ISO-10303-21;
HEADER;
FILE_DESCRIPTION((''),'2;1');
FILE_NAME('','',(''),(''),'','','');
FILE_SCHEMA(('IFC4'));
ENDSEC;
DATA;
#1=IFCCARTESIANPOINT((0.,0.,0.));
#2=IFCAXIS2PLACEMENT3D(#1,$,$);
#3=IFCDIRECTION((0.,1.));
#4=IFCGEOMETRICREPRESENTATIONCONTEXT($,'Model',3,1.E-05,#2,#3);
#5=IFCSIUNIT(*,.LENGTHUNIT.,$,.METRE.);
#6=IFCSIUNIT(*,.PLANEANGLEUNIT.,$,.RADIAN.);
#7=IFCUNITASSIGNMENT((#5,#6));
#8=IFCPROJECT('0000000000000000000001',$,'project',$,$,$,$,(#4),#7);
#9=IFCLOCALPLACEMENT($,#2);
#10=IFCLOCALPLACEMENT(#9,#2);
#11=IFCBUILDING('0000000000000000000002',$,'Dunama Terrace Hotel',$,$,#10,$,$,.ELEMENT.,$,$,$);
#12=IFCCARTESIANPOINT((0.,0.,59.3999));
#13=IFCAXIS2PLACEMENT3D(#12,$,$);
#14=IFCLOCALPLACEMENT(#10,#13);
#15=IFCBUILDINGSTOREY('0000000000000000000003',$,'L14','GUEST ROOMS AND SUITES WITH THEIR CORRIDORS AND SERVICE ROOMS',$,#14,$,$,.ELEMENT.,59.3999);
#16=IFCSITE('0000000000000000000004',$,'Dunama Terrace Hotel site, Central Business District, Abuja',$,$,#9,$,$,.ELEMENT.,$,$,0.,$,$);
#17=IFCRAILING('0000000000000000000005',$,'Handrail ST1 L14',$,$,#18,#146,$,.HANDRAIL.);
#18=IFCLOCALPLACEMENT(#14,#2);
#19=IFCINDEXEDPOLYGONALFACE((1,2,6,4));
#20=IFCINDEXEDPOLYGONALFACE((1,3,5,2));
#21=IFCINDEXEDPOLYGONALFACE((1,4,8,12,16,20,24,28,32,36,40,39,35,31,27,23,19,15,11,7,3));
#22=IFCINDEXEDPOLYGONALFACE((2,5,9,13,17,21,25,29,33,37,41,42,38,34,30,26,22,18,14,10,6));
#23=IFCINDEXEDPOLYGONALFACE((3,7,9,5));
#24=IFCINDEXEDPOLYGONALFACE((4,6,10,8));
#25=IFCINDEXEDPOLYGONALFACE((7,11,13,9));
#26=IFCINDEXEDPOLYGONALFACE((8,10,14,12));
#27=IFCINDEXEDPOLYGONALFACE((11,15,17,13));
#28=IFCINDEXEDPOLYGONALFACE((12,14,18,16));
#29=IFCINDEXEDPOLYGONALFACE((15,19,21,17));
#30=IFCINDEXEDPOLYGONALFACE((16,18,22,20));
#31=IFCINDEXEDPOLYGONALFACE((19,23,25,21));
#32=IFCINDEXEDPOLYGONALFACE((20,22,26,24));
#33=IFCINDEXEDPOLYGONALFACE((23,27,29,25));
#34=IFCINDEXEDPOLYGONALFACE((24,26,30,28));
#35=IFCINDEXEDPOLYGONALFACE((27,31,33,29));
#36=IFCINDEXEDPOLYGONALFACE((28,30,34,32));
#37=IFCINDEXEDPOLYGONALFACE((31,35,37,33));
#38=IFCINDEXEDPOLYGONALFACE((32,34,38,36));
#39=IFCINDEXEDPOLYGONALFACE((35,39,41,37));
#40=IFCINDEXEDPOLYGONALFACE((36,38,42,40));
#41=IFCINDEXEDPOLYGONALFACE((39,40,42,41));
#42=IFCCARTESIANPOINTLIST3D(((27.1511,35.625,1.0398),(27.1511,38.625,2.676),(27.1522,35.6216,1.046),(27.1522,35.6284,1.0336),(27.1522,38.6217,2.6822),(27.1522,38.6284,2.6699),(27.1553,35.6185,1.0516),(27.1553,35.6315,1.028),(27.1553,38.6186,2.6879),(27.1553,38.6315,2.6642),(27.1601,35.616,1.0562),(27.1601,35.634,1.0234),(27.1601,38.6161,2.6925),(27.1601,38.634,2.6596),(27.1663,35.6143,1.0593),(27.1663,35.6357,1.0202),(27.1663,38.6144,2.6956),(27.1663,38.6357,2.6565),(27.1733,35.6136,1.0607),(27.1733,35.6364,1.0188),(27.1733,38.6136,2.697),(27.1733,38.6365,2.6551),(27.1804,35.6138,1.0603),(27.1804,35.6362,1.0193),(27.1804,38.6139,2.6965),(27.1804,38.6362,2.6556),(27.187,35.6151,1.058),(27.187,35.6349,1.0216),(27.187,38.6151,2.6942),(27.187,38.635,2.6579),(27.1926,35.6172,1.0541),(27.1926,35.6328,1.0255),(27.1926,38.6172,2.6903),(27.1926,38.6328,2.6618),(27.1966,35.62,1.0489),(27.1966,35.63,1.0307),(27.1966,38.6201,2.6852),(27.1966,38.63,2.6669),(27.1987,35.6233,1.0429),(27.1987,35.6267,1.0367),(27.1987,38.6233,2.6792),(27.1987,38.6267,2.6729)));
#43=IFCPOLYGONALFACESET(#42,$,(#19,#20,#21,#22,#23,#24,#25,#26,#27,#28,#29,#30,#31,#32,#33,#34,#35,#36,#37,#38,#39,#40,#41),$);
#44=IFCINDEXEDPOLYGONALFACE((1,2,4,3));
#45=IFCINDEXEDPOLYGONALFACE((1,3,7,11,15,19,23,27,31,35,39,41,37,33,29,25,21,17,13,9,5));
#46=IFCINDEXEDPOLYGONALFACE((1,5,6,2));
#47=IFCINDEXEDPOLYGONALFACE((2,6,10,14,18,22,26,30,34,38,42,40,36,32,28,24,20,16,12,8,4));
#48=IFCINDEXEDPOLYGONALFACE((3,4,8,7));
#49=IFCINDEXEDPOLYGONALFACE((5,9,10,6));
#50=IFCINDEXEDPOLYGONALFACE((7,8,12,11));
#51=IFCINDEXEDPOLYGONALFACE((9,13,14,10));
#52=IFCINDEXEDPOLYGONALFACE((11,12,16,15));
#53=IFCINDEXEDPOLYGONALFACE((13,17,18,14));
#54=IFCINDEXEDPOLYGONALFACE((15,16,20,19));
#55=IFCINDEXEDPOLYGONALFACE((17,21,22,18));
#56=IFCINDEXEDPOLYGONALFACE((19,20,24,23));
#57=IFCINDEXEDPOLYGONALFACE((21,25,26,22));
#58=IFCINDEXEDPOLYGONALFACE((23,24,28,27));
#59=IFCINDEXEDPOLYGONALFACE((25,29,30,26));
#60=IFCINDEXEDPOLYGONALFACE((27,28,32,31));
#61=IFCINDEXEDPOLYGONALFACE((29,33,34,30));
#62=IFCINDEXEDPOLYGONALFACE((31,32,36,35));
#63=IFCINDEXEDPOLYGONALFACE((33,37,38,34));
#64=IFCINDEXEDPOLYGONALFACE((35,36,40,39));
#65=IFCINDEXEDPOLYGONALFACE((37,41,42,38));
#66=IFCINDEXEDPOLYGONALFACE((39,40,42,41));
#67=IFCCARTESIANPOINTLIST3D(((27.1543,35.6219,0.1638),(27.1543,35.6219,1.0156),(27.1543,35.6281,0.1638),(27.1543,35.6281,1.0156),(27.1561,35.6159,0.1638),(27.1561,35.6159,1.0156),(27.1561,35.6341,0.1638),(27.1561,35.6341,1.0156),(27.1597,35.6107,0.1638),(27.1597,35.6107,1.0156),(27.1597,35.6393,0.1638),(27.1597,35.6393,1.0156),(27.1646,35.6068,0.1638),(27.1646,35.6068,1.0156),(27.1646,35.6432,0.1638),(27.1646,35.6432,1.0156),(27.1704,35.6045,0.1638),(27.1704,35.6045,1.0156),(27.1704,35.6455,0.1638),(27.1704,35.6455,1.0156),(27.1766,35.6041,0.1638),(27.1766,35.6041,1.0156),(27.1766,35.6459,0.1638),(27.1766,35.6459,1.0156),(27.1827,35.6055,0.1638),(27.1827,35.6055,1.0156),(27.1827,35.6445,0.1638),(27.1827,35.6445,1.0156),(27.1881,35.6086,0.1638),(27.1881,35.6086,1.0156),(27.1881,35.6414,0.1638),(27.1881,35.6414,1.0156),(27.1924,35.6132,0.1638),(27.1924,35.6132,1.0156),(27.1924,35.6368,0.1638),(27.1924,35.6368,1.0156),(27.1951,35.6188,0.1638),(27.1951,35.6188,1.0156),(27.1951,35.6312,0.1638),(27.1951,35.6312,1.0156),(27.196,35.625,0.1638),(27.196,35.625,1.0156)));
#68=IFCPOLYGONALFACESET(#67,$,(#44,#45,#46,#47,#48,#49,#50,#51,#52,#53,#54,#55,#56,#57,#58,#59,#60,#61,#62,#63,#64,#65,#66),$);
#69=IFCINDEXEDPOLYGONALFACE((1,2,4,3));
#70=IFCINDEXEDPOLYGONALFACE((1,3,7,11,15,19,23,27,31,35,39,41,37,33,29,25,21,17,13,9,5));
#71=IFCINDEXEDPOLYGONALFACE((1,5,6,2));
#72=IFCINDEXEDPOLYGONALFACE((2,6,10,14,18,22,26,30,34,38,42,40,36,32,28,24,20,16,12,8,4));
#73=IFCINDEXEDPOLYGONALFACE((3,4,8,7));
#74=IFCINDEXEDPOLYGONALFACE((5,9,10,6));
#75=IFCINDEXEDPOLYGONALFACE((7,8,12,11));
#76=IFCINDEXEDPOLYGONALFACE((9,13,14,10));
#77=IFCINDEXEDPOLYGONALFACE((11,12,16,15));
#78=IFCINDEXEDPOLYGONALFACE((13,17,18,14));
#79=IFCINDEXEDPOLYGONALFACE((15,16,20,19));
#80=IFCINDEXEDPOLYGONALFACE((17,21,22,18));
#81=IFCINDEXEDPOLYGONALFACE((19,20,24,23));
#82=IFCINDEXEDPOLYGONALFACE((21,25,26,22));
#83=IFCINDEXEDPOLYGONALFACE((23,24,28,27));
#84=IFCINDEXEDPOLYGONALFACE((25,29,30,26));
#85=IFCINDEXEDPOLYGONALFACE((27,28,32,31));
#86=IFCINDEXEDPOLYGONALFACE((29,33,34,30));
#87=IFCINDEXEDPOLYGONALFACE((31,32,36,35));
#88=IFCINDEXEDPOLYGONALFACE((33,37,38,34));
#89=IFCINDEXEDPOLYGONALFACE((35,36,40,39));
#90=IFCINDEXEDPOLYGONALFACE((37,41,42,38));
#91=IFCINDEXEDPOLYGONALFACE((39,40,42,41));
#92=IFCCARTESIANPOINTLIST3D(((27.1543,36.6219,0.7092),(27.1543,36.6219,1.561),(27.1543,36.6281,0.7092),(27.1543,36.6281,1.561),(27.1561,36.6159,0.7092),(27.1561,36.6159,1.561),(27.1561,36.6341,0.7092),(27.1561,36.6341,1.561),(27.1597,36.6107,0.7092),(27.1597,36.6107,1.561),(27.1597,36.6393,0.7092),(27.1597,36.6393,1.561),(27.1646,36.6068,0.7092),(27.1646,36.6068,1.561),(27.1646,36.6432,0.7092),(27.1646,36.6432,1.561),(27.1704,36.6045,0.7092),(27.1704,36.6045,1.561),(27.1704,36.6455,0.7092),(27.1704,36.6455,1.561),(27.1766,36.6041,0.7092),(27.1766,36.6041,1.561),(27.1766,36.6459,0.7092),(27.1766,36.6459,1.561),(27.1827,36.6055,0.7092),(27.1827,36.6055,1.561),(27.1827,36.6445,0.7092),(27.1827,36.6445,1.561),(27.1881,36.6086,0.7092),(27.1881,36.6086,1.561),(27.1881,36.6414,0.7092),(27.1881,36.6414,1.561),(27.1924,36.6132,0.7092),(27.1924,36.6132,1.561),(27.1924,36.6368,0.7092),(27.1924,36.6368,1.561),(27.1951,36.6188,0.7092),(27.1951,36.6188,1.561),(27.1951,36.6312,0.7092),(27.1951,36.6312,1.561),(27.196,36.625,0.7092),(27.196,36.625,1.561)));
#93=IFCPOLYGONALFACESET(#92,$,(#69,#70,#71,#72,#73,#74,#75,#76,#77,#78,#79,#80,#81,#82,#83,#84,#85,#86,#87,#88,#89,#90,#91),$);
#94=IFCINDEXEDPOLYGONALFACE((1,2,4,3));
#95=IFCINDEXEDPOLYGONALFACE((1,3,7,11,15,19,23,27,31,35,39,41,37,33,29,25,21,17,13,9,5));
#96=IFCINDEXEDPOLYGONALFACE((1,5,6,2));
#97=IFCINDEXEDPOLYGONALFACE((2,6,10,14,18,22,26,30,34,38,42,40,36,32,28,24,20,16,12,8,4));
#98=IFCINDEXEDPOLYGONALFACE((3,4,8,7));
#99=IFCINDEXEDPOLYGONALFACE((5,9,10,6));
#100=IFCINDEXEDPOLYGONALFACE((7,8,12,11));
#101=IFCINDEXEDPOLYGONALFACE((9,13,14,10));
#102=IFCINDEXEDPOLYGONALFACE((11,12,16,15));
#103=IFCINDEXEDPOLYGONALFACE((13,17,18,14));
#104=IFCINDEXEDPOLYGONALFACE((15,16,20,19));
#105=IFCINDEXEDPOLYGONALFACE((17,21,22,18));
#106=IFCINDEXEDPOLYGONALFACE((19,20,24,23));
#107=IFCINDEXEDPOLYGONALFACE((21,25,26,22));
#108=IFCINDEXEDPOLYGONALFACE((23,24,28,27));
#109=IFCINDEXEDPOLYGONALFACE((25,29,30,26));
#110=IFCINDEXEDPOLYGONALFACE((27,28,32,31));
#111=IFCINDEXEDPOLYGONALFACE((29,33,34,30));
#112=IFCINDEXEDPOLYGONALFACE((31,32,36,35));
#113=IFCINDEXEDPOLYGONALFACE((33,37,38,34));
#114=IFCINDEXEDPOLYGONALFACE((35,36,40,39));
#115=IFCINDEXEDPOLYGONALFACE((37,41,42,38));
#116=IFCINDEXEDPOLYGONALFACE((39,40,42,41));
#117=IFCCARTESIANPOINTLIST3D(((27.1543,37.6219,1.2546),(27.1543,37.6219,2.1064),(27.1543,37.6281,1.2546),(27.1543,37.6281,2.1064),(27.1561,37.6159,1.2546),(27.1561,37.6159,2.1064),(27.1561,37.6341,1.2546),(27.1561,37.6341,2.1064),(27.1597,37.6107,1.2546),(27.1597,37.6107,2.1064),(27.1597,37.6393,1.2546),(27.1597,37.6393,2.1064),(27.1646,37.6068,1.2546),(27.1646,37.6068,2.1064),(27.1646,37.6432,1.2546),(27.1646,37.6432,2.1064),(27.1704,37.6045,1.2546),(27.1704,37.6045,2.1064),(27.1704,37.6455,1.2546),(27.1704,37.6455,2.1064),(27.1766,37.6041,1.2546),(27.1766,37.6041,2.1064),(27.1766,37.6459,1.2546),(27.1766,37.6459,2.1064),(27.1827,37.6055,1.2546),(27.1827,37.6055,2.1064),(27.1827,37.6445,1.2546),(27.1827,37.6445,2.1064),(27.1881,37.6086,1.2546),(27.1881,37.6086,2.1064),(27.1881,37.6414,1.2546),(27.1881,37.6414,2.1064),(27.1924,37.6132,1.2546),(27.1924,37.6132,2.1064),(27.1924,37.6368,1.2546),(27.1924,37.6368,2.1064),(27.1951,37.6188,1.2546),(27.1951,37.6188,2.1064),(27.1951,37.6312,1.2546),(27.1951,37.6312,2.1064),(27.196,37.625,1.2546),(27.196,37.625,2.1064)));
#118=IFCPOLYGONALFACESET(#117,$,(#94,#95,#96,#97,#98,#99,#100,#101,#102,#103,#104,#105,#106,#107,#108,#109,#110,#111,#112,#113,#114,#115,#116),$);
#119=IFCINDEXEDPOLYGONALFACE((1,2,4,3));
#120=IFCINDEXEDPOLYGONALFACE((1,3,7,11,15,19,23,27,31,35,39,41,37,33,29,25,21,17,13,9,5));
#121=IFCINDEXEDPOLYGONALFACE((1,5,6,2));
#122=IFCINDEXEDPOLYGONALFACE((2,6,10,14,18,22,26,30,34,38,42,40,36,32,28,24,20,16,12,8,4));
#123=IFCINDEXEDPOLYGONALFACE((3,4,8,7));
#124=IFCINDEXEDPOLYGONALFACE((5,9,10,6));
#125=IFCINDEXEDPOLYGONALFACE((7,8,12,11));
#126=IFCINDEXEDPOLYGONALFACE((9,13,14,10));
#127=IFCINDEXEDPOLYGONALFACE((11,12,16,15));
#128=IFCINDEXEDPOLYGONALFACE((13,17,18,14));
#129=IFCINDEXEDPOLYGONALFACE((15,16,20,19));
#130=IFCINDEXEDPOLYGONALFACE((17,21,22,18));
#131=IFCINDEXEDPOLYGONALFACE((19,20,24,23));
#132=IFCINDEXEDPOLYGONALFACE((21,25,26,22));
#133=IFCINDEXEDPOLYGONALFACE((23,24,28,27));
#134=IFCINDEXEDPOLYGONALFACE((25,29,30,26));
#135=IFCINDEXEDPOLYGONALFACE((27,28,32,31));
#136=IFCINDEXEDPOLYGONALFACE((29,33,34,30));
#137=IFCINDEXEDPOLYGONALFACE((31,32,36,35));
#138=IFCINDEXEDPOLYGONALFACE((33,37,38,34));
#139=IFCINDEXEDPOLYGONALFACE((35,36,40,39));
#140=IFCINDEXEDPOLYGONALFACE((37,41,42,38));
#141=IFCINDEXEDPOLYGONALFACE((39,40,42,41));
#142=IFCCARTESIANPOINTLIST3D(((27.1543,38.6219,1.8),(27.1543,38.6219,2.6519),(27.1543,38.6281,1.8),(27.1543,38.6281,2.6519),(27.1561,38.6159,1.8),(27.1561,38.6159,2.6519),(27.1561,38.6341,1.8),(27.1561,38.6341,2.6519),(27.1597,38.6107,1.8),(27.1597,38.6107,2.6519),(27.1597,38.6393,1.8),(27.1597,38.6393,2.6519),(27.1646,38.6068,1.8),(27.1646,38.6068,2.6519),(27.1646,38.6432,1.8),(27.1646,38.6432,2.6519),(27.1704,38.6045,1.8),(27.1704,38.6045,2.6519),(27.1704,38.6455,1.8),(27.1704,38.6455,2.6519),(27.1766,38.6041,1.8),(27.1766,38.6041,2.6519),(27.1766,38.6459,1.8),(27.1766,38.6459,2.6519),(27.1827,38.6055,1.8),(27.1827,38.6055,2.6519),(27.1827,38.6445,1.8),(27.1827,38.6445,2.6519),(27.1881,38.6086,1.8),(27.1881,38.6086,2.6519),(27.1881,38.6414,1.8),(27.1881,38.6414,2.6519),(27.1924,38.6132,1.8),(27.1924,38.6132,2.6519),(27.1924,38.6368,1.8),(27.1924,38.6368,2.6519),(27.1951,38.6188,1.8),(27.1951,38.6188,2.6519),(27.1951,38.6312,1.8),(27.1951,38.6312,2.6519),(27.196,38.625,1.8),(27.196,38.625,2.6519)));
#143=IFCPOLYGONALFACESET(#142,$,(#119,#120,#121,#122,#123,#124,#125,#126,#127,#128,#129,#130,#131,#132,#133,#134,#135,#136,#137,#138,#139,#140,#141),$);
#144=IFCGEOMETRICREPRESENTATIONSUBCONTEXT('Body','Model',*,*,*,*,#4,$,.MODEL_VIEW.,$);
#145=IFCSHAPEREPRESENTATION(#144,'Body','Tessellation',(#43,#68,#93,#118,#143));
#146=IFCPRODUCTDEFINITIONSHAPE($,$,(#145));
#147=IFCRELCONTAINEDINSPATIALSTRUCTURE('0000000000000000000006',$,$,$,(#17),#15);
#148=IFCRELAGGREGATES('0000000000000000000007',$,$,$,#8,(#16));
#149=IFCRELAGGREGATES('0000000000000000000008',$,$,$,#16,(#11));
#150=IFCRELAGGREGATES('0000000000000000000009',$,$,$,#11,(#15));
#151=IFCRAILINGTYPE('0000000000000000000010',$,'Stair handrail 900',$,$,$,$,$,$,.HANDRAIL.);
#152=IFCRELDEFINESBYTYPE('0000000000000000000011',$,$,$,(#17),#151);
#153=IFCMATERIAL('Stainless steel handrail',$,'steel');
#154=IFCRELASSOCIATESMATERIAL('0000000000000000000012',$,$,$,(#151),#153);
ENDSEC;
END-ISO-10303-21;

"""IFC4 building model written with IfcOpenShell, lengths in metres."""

from ifc_helpers import new_model, si_unit, direction, frame, origin, origin_2d, place, context, subcontext, project, spatial, circle, extrude, material, type_object, element, save


model = new_model("IFC4")

# Units and contexts
model_context = context("Model", 3, precision=1e-05, world=origin(), true_north=direction((0.0, 1.0)))
body_context = subcontext(model_context, "Body", "Model", "MODEL_VIEW")
ifc_project = project(units=[si_unit("LENGTHUNIT", "METRE"), si_unit("PLANEANGLEUNIT", "RADIAN")], contexts=[model_context])

# Site, building, storey
site_placement = place(None, origin())
site = spatial("IfcSite", under=ifc_project, at=site_placement, Name="Dunama Terrace Hotel site, Central Business District, Abuja", CompositionType="ELEMENT", RefElevation=0.0)
building_placement = place(site_placement, origin())
building = spatial("IfcBuilding", under=site, at=building_placement, Name="Dunama Terrace Hotel", CompositionType="ELEMENT")
storey_placement = place(building_placement, frame((0.0, 0.0, 59.3999)))
storey = spatial("IfcBuildingStorey", under=building, at=storey_placement, Name="L14", Description="GUEST ROOMS AND SUITES WITH THEIR CORRIDORS AND SERVICE ROOMS", CompositionType="ELEMENT", Elevation=59.3999)

# Railing
ifc_material_1 = material(Name="Stainless steel handrail", Category="steel")
railing_type = type_object("IfcRailingType", Name="Stair handrail 900", PredefinedType="HANDRAIL", material=ifc_material_1)
railing_1_placement = place(storey_placement, frame((27.175, 35.625, 0.1638)))
element("IfcRailing", 1, at=railing_1_placement, inside=storey, type_object=railing_type, Name="Handrail ST1 L14", PredefinedType="HANDRAIL", context=body_context, shape_type="SweptSolid", body=[
    extrude(circle(Radius=0.0239, at=origin_2d()), frame((0.0, 0.0, 0.876), z_axis=(0.0, 0.877912, 0.478822), x_axis=(-1.0, 0.0, 0.0)), (0.0, 0.0, 1.0), 3.4172),
    extrude(circle(Radius=0.021, at=origin_2d()), origin(), (0.0, 0.0, 1.0), 0.8518),
    extrude(circle(Radius=0.021, at=origin_2d()), frame((0.0, 1.0, 0.5454)), (0.0, 0.0, 1.0), 0.8518),
    extrude(circle(Radius=0.021, at=origin_2d()), frame((0.0, 2.0, 1.0908)), (0.0, 0.0, 1.0), 0.8518),
    extrude(circle(Radius=0.021, at=origin_2d()), frame((0.0, 3.0, 1.6362)), (0.0, 0.0, 1.0), 0.8518),
])

save(model, "model.ifc")
